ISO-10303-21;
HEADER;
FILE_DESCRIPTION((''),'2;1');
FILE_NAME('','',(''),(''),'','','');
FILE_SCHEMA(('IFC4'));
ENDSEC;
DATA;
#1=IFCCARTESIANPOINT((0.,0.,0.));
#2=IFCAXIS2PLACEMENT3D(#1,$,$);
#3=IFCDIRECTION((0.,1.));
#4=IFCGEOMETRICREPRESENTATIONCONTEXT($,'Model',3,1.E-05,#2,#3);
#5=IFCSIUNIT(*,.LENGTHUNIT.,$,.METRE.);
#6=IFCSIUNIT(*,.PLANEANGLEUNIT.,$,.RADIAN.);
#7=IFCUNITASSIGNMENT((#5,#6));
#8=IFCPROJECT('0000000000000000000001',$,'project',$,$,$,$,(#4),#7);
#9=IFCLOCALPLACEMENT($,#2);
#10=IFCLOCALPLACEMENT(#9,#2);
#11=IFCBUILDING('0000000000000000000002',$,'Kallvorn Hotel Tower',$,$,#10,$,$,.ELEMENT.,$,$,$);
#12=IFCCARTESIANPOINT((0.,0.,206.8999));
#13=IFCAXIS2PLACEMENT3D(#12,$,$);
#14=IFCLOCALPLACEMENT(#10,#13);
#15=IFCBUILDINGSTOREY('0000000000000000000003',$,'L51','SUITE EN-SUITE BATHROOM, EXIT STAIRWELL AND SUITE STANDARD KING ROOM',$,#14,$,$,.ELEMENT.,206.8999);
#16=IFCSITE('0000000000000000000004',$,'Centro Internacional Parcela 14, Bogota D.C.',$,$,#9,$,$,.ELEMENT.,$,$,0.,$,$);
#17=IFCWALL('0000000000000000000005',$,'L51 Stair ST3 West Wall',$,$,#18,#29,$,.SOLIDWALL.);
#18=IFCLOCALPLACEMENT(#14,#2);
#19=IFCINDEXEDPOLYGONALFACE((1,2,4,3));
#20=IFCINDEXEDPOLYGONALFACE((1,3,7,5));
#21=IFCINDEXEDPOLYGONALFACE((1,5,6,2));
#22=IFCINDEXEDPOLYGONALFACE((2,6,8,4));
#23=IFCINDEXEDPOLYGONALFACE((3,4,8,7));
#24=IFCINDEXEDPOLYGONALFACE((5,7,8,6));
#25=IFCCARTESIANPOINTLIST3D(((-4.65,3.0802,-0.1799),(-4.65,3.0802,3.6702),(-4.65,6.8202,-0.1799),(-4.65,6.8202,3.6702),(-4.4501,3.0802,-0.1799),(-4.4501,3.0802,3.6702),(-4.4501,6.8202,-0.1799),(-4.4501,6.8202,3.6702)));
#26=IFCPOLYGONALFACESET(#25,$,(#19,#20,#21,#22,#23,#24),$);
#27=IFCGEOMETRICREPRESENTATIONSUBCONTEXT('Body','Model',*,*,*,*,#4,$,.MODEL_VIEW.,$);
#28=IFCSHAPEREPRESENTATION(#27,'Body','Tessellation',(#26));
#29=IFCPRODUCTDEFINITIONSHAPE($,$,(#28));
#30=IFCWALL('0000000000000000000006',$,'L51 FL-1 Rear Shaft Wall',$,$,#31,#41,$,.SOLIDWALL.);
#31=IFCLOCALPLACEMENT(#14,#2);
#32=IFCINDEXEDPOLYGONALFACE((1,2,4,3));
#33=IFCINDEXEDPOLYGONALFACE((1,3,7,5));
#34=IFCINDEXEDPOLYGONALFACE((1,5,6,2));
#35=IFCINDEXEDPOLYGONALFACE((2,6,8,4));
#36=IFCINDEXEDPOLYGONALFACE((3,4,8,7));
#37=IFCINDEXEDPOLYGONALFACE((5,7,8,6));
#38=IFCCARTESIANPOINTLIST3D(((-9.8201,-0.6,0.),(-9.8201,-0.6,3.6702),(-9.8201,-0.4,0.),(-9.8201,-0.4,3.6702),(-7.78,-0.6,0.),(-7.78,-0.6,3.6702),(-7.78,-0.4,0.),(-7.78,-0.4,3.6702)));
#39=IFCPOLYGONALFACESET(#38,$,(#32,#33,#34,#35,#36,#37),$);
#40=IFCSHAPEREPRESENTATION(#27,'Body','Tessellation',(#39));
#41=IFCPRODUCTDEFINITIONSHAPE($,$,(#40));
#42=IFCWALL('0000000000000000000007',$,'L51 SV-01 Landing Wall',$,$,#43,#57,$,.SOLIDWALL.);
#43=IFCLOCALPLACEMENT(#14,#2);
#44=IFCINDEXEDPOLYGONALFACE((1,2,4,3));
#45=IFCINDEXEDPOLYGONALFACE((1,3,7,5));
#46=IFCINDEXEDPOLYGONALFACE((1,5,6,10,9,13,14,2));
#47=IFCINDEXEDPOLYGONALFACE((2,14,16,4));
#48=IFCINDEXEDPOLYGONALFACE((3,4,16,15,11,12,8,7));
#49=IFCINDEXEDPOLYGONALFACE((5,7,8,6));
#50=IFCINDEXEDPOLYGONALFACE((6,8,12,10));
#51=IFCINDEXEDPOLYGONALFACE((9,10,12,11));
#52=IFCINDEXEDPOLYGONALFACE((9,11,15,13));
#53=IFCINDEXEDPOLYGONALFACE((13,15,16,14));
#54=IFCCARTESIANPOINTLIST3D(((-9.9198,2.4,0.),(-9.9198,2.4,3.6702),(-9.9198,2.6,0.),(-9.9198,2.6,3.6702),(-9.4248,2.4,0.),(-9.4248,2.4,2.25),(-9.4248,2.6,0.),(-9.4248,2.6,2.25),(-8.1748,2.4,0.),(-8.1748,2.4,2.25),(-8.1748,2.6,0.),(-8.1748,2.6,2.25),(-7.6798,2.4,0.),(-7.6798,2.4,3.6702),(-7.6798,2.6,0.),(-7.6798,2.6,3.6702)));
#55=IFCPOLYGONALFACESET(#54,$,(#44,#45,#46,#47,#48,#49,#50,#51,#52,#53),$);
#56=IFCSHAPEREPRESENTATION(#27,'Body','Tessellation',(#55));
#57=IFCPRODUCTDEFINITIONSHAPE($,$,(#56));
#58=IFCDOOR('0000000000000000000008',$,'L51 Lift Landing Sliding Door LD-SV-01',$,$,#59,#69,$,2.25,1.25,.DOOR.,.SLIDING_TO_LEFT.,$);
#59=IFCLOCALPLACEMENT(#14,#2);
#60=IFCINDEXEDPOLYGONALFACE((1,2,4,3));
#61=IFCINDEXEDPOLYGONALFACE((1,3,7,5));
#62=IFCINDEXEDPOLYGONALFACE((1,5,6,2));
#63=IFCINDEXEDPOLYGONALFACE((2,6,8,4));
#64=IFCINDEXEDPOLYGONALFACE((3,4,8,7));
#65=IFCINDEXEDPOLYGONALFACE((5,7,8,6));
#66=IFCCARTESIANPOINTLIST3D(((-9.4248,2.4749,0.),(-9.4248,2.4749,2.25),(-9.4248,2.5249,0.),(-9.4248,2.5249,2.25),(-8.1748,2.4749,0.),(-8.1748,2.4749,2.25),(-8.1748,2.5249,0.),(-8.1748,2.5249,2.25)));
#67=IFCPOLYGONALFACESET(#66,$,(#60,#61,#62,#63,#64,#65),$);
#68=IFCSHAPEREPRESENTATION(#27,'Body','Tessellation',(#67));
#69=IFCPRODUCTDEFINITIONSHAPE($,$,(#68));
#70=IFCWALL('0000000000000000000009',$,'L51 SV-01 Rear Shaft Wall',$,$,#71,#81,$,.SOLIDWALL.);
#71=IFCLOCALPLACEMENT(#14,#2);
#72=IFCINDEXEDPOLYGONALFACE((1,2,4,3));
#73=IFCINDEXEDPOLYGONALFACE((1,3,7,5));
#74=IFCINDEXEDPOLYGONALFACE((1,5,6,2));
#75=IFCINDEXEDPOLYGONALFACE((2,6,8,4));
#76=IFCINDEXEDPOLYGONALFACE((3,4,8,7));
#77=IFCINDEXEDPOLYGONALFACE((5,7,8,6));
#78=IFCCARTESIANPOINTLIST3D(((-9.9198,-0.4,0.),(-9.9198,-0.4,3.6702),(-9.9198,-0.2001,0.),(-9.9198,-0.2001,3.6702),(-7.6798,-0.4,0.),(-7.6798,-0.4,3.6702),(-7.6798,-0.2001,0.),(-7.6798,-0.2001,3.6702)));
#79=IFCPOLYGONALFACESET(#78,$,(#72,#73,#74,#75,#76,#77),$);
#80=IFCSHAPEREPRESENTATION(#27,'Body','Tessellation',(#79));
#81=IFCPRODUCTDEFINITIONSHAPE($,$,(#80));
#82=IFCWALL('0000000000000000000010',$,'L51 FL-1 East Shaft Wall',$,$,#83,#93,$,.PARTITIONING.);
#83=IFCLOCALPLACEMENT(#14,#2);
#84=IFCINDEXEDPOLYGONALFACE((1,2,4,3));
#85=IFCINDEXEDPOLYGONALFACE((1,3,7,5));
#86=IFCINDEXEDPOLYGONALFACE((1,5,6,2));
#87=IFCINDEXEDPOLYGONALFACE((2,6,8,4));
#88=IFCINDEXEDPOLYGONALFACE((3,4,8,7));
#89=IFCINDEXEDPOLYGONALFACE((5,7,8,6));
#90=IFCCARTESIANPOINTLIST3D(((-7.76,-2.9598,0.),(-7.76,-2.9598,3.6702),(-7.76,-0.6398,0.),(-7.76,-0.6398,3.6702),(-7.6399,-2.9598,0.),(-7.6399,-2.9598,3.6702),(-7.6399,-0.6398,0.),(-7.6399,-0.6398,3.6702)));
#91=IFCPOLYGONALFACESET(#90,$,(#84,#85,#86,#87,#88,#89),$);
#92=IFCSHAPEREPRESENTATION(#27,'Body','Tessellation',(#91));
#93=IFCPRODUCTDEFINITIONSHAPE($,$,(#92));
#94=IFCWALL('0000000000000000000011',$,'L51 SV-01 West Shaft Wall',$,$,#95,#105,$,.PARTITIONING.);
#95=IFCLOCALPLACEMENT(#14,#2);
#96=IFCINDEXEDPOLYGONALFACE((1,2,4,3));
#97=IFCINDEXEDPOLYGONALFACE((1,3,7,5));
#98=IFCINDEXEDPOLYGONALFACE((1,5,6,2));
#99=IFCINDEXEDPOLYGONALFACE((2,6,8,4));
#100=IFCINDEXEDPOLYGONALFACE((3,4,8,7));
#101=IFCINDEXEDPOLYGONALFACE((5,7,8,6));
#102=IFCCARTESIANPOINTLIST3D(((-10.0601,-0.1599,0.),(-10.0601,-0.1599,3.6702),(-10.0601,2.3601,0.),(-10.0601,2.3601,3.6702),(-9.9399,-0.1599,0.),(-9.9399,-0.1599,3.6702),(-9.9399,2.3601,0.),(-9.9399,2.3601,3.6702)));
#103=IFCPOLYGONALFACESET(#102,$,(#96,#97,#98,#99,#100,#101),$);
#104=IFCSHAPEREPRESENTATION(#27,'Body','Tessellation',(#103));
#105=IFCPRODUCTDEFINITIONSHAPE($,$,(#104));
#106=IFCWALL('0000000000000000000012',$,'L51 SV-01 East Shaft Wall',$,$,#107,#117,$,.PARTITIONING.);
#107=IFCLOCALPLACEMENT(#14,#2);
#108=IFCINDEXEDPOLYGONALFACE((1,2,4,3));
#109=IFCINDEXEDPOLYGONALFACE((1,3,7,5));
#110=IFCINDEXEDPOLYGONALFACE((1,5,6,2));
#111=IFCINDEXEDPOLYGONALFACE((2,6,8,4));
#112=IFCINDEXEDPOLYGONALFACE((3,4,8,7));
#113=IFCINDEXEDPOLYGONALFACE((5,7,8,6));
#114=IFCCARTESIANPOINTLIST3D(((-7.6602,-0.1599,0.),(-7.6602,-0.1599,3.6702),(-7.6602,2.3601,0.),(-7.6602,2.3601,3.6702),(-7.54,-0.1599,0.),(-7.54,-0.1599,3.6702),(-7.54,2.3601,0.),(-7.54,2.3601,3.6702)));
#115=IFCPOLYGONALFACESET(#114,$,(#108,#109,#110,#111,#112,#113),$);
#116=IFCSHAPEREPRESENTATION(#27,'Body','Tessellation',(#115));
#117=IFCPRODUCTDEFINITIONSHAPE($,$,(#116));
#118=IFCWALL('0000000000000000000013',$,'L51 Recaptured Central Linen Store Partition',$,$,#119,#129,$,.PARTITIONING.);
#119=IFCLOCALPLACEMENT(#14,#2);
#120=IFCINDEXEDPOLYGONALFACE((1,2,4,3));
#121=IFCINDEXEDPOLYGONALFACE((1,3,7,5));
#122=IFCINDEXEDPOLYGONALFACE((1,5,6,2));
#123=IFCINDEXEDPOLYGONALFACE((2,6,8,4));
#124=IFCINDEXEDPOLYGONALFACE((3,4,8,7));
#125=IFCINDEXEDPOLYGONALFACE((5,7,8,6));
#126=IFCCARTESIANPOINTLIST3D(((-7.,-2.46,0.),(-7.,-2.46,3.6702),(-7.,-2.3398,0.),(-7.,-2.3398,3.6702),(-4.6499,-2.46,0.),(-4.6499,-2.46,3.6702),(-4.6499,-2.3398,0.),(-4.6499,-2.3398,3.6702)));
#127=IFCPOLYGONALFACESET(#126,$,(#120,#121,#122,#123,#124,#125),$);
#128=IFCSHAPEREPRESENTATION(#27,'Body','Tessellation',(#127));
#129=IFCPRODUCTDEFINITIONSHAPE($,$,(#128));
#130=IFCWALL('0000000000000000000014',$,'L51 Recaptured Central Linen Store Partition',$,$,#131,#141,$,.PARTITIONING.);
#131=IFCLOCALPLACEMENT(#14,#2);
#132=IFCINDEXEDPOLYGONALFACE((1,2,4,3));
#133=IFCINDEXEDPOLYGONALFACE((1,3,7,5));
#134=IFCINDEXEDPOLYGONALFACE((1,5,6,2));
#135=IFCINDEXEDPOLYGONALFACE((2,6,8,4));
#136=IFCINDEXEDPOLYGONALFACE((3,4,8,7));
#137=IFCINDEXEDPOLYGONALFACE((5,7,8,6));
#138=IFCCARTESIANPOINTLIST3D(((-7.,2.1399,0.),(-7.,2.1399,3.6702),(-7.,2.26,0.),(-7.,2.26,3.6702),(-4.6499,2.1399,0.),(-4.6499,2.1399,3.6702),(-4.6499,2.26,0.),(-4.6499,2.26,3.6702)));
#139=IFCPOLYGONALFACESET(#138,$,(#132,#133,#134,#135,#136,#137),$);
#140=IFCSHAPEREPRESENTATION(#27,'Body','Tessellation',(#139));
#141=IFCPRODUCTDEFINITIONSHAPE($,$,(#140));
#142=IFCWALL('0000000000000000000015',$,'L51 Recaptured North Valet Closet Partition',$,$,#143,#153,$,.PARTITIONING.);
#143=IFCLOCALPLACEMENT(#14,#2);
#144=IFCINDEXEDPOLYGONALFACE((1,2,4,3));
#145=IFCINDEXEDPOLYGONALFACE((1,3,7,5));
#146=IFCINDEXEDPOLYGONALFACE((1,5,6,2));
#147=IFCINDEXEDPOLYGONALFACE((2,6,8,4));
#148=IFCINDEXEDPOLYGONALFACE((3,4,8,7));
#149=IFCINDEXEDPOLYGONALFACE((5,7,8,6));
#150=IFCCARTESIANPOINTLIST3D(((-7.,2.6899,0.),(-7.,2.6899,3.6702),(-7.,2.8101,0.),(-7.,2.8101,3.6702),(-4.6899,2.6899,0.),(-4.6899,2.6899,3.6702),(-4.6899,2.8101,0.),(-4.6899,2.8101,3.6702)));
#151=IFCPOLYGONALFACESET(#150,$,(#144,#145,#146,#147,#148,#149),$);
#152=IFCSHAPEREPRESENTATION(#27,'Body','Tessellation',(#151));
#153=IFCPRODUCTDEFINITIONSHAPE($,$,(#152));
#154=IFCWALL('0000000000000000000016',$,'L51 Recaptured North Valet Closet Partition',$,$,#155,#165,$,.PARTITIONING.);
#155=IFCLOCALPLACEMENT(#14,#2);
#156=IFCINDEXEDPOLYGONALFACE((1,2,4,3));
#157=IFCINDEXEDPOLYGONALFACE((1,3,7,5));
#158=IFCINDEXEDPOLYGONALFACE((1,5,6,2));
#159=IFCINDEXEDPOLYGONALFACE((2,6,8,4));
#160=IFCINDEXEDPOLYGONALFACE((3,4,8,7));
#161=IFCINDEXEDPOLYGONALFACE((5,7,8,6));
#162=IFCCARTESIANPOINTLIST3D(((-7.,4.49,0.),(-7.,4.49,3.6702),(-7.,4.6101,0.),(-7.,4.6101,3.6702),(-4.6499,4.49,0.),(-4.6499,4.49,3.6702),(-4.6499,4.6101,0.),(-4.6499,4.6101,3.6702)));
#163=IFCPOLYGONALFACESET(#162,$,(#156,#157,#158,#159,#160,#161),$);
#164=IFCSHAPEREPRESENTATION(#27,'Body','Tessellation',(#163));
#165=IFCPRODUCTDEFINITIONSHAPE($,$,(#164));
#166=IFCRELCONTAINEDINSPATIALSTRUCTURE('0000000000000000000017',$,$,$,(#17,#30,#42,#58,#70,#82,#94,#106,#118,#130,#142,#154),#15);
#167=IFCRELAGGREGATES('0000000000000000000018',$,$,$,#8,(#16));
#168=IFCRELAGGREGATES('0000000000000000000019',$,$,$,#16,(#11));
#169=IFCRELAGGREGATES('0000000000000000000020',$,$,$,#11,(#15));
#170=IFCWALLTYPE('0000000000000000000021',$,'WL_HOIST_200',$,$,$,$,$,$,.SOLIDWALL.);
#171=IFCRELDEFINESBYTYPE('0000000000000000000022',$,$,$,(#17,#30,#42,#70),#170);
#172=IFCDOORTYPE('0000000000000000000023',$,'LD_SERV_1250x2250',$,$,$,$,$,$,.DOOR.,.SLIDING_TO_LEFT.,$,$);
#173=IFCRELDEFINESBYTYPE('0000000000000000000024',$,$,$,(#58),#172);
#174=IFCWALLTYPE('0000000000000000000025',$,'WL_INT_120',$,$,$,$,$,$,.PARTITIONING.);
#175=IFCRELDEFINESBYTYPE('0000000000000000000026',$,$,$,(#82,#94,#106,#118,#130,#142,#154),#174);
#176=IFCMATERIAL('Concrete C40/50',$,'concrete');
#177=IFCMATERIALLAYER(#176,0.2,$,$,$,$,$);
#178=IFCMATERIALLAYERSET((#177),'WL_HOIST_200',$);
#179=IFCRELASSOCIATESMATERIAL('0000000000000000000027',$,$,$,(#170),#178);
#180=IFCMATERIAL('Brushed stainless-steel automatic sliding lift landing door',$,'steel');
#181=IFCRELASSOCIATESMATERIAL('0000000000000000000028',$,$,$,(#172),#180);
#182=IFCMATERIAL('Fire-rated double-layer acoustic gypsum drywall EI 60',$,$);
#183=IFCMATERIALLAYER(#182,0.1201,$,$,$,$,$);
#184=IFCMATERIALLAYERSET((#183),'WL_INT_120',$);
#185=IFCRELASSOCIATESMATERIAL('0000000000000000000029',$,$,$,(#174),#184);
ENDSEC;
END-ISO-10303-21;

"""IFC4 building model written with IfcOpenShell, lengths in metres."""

from ifc_helpers import new_model, si_unit, direction, frame, frame_2d, origin, place, context, subcontext, project, spatial, rectangle, extrude, material, layer, layer_set, type_object, element, fill, save


model = new_model("IFC4")

# Units and contexts
model_context = context("Model", 3, precision=1e-05, world=origin(), true_north=direction((0.0, 1.0)))
body_context = subcontext(model_context, "Body", "Model", "MODEL_VIEW")
ifc_project = project(units=[si_unit("LENGTHUNIT", "METRE"), si_unit("PLANEANGLEUNIT", "RADIAN")], contexts=[model_context])

# Site, building, storey
site_placement = place(None, origin())
site = spatial("IfcSite", under=ifc_project, at=site_placement, Name="Centro Internacional Parcela 14, Bogota D.C.", CompositionType="ELEMENT", RefElevation=0.0)
building_placement = place(site_placement, origin())
building = spatial("IfcBuilding", under=site, at=building_placement, Name="Kallvorn Hotel Tower", CompositionType="ELEMENT")
storey_placement = place(building_placement, frame((0.0, 0.0, 206.8999)))
storey = spatial("IfcBuildingStorey", under=building, at=storey_placement, Name="L51", Description="SUITE EN-SUITE BATHROOM, EXIT STAIRWELL AND SUITE STANDARD KING ROOM", CompositionType="ELEMENT", Elevation=206.8999)

# Walls
ifc_material_1 = material(Name="Concrete C40/50", Category="concrete")
ifc_layer_1 = layer(ifc_material_1, 0.2)
ifc_layer_set_1 = layer_set([ifc_layer_1], Name="WL_HOIST_200")
wall_type_1 = type_object("IfcWallType", Name="WL_HOIST_200", PredefinedType="SOLIDWALL", material=ifc_layer_set_1)
wall_1_placement = place(storey_placement, frame((-4.55, 3.0801, -0.1799), z_axis=(0.0, 0.0, 1.0), x_axis=(0.0, 1.0, 0.0)))
element("IfcWall", 1, at=wall_1_placement, inside=storey, type_object=wall_type_1, Name="L51 Stair ST3 West Wall", PredefinedType="SOLIDWALL", context=body_context, shape_type="SweptSolid", body=[
    extrude(rectangle(XDim=3.74, YDim=0.2, at=frame_2d((1.8701, 0.0))), origin(), (0.0, 0.0, 1.0), 3.8501),
])
wall_2_placement = place(storey_placement, frame((-9.8201, -0.5, 0.0), z_axis=(0.0, 0.0, 1.0), x_axis=(1.0, 0.0, 0.0)))
element("IfcWall", 2, at=wall_2_placement, inside=storey, type_object=wall_type_1, Name="L51 FL-1 Rear Shaft Wall", PredefinedType="SOLIDWALL", context=body_context, shape_type="SweptSolid", body=[
    extrude(rectangle(XDim=2.04, YDim=0.2, at=frame_2d((1.02, 0.0))), origin(), (0.0, 0.0, 1.0), 3.6702),
])

# Wall, opening, door
wall_3_placement = place(storey_placement, frame((-9.9199, 2.5, 0.0), z_axis=(0.0, 0.0, 1.0), x_axis=(1.0, 0.0, 0.0)))
wall_3 = element("IfcWall", 3, at=wall_3_placement, inside=storey, type_object=wall_type_1, Name="L51 SV-01 Landing Wall", PredefinedType="SOLIDWALL", context=body_context, shape_type="SweptSolid", body=[
    extrude(rectangle(XDim=2.24, YDim=0.2, at=frame_2d((1.1201, 0.0))), origin(), (0.0, 0.0, 1.0), 3.6702),
])
opening_1_placement = place(wall_3_placement, frame((0.4951, 0.0, 0.0)))
opening_1 = element("IfcOpeningElement", 4, at=opening_1_placement, cuts=wall_3, PredefinedType="OPENING", context=body_context, shape_type="SweptSolid", body=[
    extrude(rectangle(XDim=1.25, YDim=2.25, at=frame_2d((0.625, 1.125))), frame((0.0, 0.115, 0.0), z_axis=(0.0, -1.0, 0.0), x_axis=(1.0, 0.0, 0.0)), (0.0, 0.0, 1.0), 0.23),
])
ifc_material_2 = material(Name="Brushed stainless-steel automatic sliding lift landing door", Category="steel")
door_type_1 = type_object("IfcDoorType", Name="LD_SERV_1250x2250", OperationType="SLIDING_TO_LEFT", PredefinedType="DOOR", material=ifc_material_2)
door_1_placement = place(opening_1_placement, origin())
door_1 = element("IfcDoor", 5, at=door_1_placement, inside=storey, type_object=door_type_1, Name="L51 Lift Landing Sliding Door LD-SV-01", OperationType="SLIDING_TO_LEFT", OverallHeight=2.25, OverallWidth=1.25, PredefinedType="DOOR", context=body_context, shape_type="SweptSolid", body=[
    extrude(rectangle(XDim=1.25, YDim=2.25, at=frame_2d((0.625, 1.125))), frame((0.0, 0.0249, 0.0), z_axis=(0.0, -1.0, 0.0), x_axis=(1.0, 0.0, 0.0)), (0.0, 0.0, 1.0), 0.05),
])
fill(opening_1, door_1)

# Walls
wall_4_placement = place(storey_placement, frame((-9.9199, -0.3, 0.0), z_axis=(0.0, 0.0, 1.0), x_axis=(1.0, 0.0, 0.0)))
element("IfcWall", 6, at=wall_4_placement, inside=storey, type_object=wall_type_1, Name="L51 SV-01 Rear Shaft Wall", PredefinedType="SOLIDWALL", context=body_context, shape_type="SweptSolid", body=[
    extrude(rectangle(XDim=2.24, YDim=0.2, at=frame_2d((1.1201, 0.0))), origin(), (0.0, 0.0, 1.0), 3.6702),
])
ifc_material_3 = material(Name="Fire-rated double-layer acoustic gypsum drywall EI 60")
ifc_layer_2 = layer(ifc_material_3, 0.1201)
ifc_layer_set_2 = layer_set([ifc_layer_2], Name="WL_INT_120")
wall_type_2 = type_object("IfcWallType", Name="WL_INT_120", PredefinedType="PARTITIONING", material=ifc_layer_set_2)
wall_5_placement = place(storey_placement, frame((-7.7, -2.96, 0.0), z_axis=(0.0, 0.0, 1.0), x_axis=(0.0, 1.0, 0.0)))
element("IfcWall", 7, at=wall_5_placement, inside=storey, type_object=wall_type_2, Name="L51 FL-1 East Shaft Wall", PredefinedType="PARTITIONING", context=body_context, shape_type="SweptSolid", body=[
    extrude(rectangle(XDim=2.3201, YDim=0.1201, at=frame_2d((1.1602, 0.0))), origin(), (0.0, 0.0, 1.0), 3.6702),
])
for number, where, z_axis, x_axis, name in (
    (8, (-10.0, -0.1599, 0.0), (0.0, 0.0, 1.0), (0.0, 1.0, 0.0), "L51 SV-01 West Shaft Wall"),
    (9, (-7.6001, -0.1599, 0.0), (0.0, 0.0, 1.0), (0.0, 1.0, 0.0), "L51 SV-01 East Shaft Wall"),
):
    element("IfcWall", number, at=place(storey_placement, frame(where, z_axis=z_axis, x_axis=x_axis)), inside=storey, type_object=wall_type_2, Name=name, PredefinedType="PARTITIONING", context=body_context, shape_type="SweptSolid", body=[
        extrude(rectangle(XDim=2.52, YDim=0.1201, at=frame_2d((1.26, 0.0))), origin(), (0.0, 0.0, 1.0), 3.6702),
    ])
for number, where, z_axis, x_axis, name in (
    (10, (-7.0, -2.3999, 0.0), (0.0, 0.0, 1.0), (1.0, 0.0, 0.0), "L51 Recaptured Central Linen Store Partition"),
    (11, (-7.0, 2.2, 0.0), (0.0, 0.0, 1.0), (1.0, 0.0, 0.0), "L51 Recaptured Central Linen Store Partition"),
):
    element("IfcWall", number, at=place(storey_placement, frame(where, z_axis=z_axis, x_axis=x_axis)), inside=storey, type_object=wall_type_2, Name=name, PredefinedType="PARTITIONING", context=body_context, shape_type="SweptSolid", body=[
        extrude(rectangle(XDim=2.3501, YDim=0.1201, at=frame_2d((1.175, 0.0))), origin(), (0.0, 0.0, 1.0), 3.6702),
    ])
wall_6_placement = place(storey_placement, frame((-7.0, 2.75, 0.0), z_axis=(0.0, 0.0, 1.0), x_axis=(1.0, 0.0, 0.0)))
element("IfcWall", 12, at=wall_6_placement, inside=storey, type_object=wall_type_2, Name="L51 Recaptured North Valet Closet Partition", PredefinedType="PARTITIONING", context=body_context, shape_type="SweptSolid", body=[
    extrude(rectangle(XDim=2.3101, YDim=0.1201, at=frame_2d((1.155, 0.0))), origin(), (0.0, 0.0, 1.0), 3.6702),
])
wall_7_placement = place(storey_placement, frame((-7.0, 4.55, 0.0), z_axis=(0.0, 0.0, 1.0), x_axis=(1.0, 0.0, 0.0)))
element("IfcWall", 13, at=wall_7_placement, inside=storey, type_object=wall_type_2, Name="L51 Recaptured North Valet Closet Partition", PredefinedType="PARTITIONING", context=body_context, shape_type="SweptSolid", body=[
    extrude(rectangle(XDim=2.3501, YDim=0.1201, at=frame_2d((1.175, 0.0))), origin(), (0.0, 0.0, 1.0), 3.6702),
])

save(model, "model.ifc")
